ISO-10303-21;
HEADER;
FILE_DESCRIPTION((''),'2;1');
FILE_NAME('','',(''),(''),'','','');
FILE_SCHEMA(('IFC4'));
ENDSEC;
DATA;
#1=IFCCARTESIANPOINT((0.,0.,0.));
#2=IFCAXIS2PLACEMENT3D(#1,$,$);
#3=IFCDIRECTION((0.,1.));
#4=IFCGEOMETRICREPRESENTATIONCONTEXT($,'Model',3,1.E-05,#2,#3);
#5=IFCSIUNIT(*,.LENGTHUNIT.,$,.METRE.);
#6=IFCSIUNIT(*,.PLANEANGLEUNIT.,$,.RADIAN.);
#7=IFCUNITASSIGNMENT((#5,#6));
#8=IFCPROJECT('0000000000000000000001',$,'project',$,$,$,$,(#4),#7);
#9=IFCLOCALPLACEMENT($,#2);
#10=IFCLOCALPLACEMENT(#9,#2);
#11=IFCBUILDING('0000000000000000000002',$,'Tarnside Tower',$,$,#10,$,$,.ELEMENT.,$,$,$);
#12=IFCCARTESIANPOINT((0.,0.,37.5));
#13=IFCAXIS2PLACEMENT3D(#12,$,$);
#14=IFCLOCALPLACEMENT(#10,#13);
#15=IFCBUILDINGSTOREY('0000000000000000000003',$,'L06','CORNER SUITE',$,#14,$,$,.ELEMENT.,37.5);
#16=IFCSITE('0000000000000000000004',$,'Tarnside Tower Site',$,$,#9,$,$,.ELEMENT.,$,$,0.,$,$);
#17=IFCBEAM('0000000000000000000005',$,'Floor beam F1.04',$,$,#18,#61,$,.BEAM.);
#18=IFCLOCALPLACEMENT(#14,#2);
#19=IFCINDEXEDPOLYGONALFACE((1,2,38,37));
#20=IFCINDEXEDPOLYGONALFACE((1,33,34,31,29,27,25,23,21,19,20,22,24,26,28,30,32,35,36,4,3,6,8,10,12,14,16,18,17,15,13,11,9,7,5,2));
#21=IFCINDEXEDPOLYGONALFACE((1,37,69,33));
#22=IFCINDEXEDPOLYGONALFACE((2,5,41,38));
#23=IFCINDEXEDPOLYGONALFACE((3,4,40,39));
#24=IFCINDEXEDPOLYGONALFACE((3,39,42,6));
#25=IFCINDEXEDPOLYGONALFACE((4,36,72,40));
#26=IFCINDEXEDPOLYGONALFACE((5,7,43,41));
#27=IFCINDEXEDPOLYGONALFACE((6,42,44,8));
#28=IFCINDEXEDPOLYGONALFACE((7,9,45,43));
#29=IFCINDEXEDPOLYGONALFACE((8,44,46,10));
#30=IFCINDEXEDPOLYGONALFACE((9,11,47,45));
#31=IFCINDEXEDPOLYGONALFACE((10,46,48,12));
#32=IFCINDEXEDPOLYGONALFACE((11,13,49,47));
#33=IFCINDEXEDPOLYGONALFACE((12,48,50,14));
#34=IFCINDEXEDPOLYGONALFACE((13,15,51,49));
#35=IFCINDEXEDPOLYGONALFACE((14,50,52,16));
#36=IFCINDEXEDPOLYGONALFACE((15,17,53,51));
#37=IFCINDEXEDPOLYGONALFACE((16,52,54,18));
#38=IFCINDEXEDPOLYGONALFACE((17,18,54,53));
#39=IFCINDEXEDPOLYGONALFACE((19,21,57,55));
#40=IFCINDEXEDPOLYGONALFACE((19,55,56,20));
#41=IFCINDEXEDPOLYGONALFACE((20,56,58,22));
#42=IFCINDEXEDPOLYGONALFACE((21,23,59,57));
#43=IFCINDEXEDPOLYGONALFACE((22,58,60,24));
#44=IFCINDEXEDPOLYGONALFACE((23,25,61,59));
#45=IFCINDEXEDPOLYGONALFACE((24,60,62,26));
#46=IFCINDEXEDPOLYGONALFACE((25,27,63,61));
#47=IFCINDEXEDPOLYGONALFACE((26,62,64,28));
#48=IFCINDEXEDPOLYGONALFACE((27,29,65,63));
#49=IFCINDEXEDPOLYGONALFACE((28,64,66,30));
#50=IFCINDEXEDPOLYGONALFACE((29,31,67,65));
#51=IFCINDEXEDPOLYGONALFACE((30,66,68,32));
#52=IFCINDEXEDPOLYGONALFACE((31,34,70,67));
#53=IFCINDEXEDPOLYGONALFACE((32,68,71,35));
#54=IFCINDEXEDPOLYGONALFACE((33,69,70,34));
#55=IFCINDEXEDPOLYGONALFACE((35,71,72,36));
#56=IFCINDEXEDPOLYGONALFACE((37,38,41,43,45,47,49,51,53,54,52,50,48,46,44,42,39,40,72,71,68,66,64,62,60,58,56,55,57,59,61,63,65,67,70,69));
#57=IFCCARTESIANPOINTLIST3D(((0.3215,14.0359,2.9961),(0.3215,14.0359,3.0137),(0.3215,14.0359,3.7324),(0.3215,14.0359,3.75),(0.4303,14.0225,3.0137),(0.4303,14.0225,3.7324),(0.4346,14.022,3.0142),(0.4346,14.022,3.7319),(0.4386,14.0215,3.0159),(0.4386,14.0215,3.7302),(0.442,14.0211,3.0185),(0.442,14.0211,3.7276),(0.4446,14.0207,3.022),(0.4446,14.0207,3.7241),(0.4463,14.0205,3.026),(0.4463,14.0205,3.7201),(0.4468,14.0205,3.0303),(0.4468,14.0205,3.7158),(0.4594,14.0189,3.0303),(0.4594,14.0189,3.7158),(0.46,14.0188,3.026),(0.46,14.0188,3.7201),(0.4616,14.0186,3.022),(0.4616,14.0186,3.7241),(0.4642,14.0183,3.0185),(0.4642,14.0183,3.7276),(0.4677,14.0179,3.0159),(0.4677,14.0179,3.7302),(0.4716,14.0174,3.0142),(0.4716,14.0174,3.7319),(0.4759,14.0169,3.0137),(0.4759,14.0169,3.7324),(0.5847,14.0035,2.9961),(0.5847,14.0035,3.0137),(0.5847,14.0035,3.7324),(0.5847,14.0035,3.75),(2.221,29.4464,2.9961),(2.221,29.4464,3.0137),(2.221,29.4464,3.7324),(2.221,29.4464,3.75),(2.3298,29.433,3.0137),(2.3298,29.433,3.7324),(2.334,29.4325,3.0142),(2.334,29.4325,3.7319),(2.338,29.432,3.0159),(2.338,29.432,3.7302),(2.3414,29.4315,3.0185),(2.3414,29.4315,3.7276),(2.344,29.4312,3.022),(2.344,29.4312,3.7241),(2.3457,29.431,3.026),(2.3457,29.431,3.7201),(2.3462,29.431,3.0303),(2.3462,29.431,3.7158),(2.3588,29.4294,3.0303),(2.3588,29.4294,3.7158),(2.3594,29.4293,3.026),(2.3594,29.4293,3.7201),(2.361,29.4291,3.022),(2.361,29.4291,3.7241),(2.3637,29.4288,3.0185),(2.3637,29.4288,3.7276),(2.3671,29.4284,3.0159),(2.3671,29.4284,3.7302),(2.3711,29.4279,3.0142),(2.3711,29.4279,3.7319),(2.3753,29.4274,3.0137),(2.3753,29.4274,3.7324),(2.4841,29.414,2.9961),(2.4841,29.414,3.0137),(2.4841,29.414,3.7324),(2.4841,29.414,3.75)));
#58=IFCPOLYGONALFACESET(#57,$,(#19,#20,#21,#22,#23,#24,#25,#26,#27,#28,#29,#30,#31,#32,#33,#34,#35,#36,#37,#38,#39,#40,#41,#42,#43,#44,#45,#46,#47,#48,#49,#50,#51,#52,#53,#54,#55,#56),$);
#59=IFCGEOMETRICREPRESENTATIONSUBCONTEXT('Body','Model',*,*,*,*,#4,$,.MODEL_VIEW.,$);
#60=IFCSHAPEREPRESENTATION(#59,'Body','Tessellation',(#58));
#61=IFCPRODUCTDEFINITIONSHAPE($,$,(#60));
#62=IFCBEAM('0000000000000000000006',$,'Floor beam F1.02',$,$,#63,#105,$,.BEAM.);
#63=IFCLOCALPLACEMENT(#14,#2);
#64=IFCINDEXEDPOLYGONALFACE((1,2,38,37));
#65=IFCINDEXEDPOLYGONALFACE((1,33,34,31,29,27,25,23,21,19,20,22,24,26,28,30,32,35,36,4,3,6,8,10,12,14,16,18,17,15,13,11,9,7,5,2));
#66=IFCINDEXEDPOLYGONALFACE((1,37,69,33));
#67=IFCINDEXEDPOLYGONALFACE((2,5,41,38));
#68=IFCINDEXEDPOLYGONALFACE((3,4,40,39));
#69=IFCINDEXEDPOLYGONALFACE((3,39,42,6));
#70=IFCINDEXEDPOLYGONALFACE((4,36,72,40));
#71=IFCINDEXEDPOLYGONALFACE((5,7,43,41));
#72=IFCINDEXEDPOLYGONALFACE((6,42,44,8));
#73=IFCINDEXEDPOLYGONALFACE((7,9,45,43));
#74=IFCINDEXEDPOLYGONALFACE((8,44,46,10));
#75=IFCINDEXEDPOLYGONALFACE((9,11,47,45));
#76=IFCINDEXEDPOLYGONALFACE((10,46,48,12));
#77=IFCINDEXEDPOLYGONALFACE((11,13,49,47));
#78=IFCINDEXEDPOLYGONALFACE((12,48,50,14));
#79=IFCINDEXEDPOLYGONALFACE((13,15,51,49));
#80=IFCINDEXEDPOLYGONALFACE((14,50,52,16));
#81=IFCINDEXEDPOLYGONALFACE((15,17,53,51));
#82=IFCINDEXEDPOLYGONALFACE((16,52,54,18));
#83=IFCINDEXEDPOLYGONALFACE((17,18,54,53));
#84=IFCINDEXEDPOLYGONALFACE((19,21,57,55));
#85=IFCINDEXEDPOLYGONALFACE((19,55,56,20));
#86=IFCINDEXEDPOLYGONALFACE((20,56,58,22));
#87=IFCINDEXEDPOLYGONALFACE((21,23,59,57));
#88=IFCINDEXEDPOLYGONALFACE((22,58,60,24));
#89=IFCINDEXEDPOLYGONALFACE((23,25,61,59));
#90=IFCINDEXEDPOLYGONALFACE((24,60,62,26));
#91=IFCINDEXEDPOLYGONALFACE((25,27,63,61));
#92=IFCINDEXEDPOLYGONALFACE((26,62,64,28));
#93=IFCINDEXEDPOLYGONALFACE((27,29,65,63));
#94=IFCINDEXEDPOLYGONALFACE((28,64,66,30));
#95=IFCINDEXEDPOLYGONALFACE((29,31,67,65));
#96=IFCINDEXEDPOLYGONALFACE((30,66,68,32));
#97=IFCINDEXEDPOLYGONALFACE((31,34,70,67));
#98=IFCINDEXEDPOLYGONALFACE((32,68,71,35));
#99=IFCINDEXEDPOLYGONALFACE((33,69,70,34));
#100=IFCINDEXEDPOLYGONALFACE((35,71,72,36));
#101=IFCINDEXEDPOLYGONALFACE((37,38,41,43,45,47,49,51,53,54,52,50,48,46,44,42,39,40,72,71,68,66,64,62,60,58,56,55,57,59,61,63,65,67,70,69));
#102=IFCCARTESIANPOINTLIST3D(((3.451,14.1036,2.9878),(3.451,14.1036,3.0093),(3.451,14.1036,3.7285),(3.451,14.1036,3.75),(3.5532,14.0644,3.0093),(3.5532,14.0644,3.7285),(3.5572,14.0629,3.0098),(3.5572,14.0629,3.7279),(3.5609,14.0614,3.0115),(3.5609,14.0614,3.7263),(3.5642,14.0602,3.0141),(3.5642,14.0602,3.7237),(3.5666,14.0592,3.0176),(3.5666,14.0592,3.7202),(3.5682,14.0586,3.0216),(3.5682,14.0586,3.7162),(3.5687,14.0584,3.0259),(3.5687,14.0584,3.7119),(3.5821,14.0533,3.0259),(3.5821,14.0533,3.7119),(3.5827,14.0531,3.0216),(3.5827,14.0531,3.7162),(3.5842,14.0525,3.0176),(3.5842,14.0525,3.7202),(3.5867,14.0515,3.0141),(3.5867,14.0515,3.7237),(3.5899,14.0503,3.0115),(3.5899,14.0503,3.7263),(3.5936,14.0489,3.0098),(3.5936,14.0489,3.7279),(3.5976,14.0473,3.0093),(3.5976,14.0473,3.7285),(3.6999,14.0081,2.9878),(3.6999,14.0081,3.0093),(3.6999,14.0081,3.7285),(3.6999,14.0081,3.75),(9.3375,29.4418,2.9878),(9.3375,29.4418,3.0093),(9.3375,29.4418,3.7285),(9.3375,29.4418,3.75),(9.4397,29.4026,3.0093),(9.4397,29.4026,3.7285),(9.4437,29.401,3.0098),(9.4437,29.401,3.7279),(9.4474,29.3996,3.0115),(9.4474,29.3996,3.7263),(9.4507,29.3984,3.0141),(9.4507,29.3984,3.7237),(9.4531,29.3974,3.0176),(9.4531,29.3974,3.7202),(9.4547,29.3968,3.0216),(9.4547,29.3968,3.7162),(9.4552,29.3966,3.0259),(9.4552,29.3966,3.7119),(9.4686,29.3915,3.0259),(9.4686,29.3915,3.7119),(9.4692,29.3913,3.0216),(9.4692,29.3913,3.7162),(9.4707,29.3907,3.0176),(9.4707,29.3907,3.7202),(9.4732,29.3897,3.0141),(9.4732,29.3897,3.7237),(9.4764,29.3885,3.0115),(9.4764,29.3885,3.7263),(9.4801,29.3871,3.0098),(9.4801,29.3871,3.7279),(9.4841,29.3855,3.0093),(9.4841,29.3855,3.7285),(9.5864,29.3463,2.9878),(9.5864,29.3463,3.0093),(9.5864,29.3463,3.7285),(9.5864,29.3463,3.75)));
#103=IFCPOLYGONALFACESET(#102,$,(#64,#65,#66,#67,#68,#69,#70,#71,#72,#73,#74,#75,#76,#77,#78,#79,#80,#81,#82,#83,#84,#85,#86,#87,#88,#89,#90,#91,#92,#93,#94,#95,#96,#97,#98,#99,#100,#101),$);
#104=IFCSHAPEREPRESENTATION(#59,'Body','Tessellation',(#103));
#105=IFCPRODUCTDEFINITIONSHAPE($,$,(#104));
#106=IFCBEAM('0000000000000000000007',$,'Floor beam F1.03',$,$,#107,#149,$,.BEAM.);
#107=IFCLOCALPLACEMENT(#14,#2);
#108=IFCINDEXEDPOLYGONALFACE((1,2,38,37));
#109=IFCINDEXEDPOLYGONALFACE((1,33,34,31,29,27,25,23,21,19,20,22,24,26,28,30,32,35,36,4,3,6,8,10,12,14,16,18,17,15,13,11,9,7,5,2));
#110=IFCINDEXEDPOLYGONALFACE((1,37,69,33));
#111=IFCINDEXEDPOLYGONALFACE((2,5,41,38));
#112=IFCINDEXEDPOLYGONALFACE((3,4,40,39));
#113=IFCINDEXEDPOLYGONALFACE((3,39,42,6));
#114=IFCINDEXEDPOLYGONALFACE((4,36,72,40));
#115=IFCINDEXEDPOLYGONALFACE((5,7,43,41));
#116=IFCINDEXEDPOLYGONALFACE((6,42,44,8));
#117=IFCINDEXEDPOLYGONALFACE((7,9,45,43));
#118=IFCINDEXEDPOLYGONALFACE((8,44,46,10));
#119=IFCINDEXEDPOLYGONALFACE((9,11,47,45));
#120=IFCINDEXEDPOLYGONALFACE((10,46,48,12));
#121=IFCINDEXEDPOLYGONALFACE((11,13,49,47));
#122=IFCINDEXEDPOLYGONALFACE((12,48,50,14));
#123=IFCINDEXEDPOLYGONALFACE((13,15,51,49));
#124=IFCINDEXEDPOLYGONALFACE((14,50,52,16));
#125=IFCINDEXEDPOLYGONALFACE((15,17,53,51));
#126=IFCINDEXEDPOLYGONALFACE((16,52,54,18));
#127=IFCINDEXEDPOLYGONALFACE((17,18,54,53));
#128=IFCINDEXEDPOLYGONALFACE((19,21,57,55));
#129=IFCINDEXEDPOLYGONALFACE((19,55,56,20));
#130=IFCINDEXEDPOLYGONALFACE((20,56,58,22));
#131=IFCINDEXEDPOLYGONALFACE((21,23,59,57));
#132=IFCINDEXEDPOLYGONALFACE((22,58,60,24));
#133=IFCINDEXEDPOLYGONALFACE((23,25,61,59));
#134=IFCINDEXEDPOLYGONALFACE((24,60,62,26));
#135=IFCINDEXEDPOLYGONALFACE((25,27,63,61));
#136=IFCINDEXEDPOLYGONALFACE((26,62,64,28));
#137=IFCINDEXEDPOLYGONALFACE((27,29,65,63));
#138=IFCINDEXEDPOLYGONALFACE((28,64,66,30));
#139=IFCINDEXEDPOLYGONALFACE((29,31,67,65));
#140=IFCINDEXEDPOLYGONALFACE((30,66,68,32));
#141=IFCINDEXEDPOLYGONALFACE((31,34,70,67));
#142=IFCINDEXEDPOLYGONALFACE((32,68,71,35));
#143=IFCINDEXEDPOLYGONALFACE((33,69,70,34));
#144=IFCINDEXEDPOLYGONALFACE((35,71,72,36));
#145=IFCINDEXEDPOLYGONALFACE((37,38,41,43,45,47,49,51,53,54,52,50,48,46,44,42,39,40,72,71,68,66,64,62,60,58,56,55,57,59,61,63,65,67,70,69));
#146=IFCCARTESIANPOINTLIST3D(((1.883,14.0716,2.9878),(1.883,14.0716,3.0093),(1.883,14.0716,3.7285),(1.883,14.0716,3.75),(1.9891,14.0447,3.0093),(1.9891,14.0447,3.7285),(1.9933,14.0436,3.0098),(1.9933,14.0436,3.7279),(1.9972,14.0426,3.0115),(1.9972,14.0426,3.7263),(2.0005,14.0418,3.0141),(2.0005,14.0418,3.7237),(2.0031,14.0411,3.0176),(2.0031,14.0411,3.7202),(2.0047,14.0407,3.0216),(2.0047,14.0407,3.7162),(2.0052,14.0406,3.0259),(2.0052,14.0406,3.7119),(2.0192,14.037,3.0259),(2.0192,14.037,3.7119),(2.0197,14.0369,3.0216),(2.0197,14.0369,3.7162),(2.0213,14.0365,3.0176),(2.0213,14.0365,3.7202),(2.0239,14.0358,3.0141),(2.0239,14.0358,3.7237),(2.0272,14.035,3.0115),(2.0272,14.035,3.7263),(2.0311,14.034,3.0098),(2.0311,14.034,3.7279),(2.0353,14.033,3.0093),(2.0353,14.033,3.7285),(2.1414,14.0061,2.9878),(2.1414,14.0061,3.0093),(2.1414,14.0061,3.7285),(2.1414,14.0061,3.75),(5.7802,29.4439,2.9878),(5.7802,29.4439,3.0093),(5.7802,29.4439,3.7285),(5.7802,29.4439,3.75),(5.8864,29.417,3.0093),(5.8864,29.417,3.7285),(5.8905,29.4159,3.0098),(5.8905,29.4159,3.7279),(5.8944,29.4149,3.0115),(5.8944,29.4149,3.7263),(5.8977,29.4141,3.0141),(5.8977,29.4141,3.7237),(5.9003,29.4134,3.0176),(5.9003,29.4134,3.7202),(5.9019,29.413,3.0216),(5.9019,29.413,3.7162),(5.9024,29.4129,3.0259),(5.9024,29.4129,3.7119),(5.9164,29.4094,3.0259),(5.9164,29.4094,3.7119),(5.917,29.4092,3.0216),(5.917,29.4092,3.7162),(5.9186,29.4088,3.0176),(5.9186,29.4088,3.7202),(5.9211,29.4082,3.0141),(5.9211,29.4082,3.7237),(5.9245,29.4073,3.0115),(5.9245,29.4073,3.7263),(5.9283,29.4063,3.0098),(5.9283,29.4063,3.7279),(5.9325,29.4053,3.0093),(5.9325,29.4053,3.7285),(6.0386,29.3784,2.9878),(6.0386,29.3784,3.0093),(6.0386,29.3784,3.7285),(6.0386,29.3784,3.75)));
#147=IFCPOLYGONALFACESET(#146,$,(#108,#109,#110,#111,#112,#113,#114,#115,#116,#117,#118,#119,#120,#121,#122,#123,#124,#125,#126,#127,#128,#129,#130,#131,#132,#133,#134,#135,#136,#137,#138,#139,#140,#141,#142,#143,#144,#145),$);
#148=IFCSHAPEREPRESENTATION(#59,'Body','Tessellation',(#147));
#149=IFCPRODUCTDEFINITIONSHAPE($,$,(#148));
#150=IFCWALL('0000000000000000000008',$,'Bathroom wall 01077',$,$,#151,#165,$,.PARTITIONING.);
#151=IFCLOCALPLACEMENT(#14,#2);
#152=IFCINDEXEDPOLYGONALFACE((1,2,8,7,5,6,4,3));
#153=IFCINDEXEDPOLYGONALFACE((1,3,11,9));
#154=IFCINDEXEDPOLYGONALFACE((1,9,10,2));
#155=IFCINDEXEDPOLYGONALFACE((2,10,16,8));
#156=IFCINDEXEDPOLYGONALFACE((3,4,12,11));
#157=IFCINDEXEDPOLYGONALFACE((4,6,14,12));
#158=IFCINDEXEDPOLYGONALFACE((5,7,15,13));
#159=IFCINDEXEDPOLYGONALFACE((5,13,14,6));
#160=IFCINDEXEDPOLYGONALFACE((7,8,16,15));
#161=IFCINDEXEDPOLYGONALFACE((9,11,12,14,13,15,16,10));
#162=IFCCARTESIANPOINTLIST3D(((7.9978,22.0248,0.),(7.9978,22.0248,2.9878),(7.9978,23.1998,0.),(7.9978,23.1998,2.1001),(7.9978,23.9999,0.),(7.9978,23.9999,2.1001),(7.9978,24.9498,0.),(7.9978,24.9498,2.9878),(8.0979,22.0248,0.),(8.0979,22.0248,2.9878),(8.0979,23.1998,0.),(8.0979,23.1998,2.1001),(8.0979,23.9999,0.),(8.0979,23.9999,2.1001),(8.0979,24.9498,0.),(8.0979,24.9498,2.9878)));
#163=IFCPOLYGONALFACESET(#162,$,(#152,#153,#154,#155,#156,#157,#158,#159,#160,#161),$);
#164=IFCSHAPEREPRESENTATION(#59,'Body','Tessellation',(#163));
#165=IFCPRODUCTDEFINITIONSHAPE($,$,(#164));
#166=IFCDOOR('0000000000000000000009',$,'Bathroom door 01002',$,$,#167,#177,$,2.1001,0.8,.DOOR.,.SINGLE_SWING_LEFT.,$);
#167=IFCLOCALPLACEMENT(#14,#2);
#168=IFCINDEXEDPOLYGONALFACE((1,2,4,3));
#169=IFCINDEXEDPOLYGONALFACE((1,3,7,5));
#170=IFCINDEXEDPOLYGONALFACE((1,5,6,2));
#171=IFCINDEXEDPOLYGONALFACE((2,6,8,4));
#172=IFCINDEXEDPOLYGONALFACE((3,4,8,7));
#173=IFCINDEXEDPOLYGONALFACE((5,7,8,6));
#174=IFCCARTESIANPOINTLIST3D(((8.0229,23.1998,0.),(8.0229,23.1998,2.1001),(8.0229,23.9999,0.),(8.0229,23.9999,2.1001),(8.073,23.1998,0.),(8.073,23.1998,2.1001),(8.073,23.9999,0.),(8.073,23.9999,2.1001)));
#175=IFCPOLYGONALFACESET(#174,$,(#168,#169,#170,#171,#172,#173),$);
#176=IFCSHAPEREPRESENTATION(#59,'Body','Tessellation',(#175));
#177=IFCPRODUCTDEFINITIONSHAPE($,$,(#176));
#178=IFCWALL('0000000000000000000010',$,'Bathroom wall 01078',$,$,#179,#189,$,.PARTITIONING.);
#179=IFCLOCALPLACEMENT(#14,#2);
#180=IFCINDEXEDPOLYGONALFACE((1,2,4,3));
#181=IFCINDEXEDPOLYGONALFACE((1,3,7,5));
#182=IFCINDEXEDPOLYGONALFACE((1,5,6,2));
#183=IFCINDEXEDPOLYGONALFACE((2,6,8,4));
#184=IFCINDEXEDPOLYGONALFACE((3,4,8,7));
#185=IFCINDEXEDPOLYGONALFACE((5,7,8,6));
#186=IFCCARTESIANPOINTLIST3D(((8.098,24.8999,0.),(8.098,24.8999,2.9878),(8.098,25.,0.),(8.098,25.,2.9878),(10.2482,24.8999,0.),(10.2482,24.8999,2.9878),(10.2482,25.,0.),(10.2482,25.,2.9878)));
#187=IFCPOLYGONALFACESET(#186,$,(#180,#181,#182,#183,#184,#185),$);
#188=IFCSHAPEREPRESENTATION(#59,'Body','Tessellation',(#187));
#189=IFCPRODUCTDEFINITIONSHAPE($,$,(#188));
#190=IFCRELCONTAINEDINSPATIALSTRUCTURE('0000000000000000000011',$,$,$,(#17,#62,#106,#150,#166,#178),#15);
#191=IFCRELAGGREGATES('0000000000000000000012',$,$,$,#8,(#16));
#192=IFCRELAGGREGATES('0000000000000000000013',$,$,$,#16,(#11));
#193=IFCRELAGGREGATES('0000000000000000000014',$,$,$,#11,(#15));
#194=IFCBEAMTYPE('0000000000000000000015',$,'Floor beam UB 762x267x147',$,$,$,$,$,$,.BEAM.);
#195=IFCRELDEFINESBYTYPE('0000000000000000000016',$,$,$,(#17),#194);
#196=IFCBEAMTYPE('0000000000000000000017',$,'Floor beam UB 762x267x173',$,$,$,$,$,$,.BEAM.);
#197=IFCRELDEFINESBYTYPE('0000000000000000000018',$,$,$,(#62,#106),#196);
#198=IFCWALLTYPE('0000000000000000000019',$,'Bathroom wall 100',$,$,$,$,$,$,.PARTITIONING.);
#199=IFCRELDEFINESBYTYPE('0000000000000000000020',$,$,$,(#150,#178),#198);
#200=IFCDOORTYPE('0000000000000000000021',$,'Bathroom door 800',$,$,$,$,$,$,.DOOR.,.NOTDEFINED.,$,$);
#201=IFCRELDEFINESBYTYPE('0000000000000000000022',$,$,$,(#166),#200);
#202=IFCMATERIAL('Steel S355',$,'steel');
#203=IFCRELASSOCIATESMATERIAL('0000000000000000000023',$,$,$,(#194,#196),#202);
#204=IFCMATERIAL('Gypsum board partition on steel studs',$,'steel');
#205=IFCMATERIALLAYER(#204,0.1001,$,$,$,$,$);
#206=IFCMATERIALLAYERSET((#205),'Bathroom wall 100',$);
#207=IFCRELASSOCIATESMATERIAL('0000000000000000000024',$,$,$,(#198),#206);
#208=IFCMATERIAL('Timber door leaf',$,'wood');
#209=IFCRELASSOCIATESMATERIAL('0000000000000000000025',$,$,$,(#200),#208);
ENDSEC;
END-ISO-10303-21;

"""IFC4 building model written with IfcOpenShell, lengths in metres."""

from ifc_helpers import new_model, si_unit, direction, frame, frame_2d, origin, origin_2d, place, context, subcontext, project, spatial, rectangle, i_section, extrude, material, layer, layer_set, material_profile, profile_set, type_object, element, fill, save


model = new_model("IFC4")

# Units and contexts
model_context = context("Model", 3, precision=1e-05, world=origin(), true_north=direction((0.0, 1.0)))
body_context = subcontext(model_context, "Body", "Model", "MODEL_VIEW")
ifc_project = project(units=[si_unit("LENGTHUNIT", "METRE"), si_unit("PLANEANGLEUNIT", "RADIAN")], contexts=[model_context])

# Site, building, storey
site_placement = place(None, origin())
site = spatial("IfcSite", under=ifc_project, at=site_placement, Name="Tarnside Tower Site", CompositionType="ELEMENT", RefElevation=0.0)
building_placement = place(site_placement, origin())
building = spatial("IfcBuilding", under=site, at=building_placement, Name="Tarnside Tower", CompositionType="ELEMENT")
storey_placement = place(building_placement, frame((0.0, 0.0, 37.5)))
storey = spatial("IfcBuildingStorey", under=building, at=storey_placement, Name="L06", Description="CORNER SUITE", CompositionType="ELEMENT", Elevation=37.5)

# Beams
ifc_material_1 = material(Name="Steel S355", Category="steel")
ifc_material_profile_1 = material_profile(ifc_material_1, i_section(OverallWidth=0.2651, OverallDepth=0.7539, WebThickness=0.0127, FlangeThickness=0.0176, FilletRadius=0.0166, at=origin_2d()), Name="UB 762x267x147")
ifc_profile_set_1 = profile_set([ifc_material_profile_1], Name="Steel S355")
beam_type_1 = type_object("IfcBeamType", Name="Floor beam UB 762x267x147", PredefinedType="BEAM", material=ifc_profile_set_1)
beam_1_placement = place(storey_placement, frame((2.3525, 29.4302, 3.373), z_axis=(-0.12233, -0.99249, 0.0), x_axis=(0.99249, -0.12233, 0.0)))
element("IfcBeam", 1, at=beam_1_placement, inside=storey, type_object=beam_type_1, Name="Floor beam F1.04", PredefinedType="BEAM", context=body_context, shape_type="SweptSolid", body=[
    extrude(i_section(OverallWidth=0.2651, OverallDepth=0.7539, WebThickness=0.0127, FlangeThickness=0.0176, FilletRadius=0.0166, at=origin_2d()), origin(), (0.0, 0.0, 1.0), 15.5271),
])
ifc_material_profile_2 = material_profile(ifc_material_1, i_section(OverallWidth=0.2666, OverallDepth=0.7622, WebThickness=0.0144, FlangeThickness=0.0215, FilletRadius=0.0166, at=origin_2d()), Name="UB 762x267x173")
ifc_profile_set_2 = profile_set([ifc_material_profile_2], Name="Steel S355")
beam_type_2 = type_object("IfcBeamType", Name="Floor beam UB 762x267x173", PredefinedType="BEAM", material=ifc_profile_set_2)
beam_2_placement = place(storey_placement, frame((9.4619, 29.394, 3.3689), z_axis=(-0.3583, -0.933607, 0.0), x_axis=(0.933607, -0.3583, 0.0)))
element("IfcBeam", 2, at=beam_2_placement, inside=storey, type_object=beam_type_2, Name="Floor beam F1.02", PredefinedType="BEAM", context=body_context, shape_type="SweptSolid", body=[
    extrude(i_section(OverallWidth=0.2666, OverallDepth=0.7622, WebThickness=0.0144, FlangeThickness=0.0215, FilletRadius=0.0166, at=origin_2d()), origin(), (0.0, 0.0, 1.0), 16.429),
])
beam_3_placement = place(storey_placement, frame((5.9094, 29.4111, 3.3689), z_axis=(-0.245747, -0.969334, 0.0), x_axis=(0.969334, -0.245747, 0.0)))
element("IfcBeam", 3, at=beam_3_placement, inside=storey, type_object=beam_type_2, Name="Floor beam F1.03", PredefinedType="BEAM", context=body_context, shape_type="SweptSolid", body=[
    extrude(i_section(OverallWidth=0.2666, OverallDepth=0.7622, WebThickness=0.0144, FlangeThickness=0.0215, FilletRadius=0.0166, at=origin_2d()), origin(), (0.0, 0.0, 1.0), 15.8586),
])

# Wall, opening, door
ifc_material_2 = material(Name="Gypsum board partition on steel studs", Category="steel")
ifc_layer_1 = layer(ifc_material_2, 0.1001)
ifc_layer_set_1 = layer_set([ifc_layer_1], Name="Bathroom wall 100")
wall_type_1 = type_object("IfcWallType", Name="Bathroom wall 100", PredefinedType="PARTITIONING", material=ifc_layer_set_1)
wall_1_placement = place(storey_placement, frame((8.0479, 22.0249, 0.0), z_axis=(0.0, 0.0, 1.0), x_axis=(0.0, 1.0, 0.0)))
wall_1 = element("IfcWall", 4, at=wall_1_placement, inside=storey, type_object=wall_type_1, Name="Bathroom wall 01077", PredefinedType="PARTITIONING", context=body_context, shape_type="SweptSolid", body=[
    extrude(rectangle(XDim=2.925, YDim=0.1001, at=frame_2d((1.4624, 0.0))), origin(), (0.0, 0.0, 1.0), 2.9878),
])
opening_placement = place(wall_1_placement, frame((1.175, 0.0, 0.0)))
opening = element("IfcOpeningElement", 5, at=opening_placement, cuts=wall_1, PredefinedType="OPENING", context=body_context, shape_type="SweptSolid", body=[
    extrude(rectangle(XDim=0.8, YDim=2.1001, at=frame_2d((0.3999, 1.05))), frame((0.0, 0.0601, 0.0), z_axis=(0.0, -1.0, 0.0), x_axis=(1.0, 0.0, 0.0)), (0.0, 0.0, 1.0), 0.1201),
])
ifc_material_3 = material(Name="Timber door leaf", Category="wood")
door_type = type_object("IfcDoorType", Name="Bathroom door 800", OperationType="NOTDEFINED", PredefinedType="DOOR", material=ifc_material_3)
door_placement = place(opening_placement, origin())
door = element("IfcDoor", 6, at=door_placement, inside=storey, type_object=door_type, Name="Bathroom door 01002", OperationType="SINGLE_SWING_LEFT", OverallHeight=2.1001, OverallWidth=0.8, PredefinedType="DOOR", context=body_context, shape_type="SweptSolid", body=[
    extrude(rectangle(XDim=0.8, YDim=2.1001, at=frame_2d((0.3999, 1.05))), frame((0.0, 0.0249, 0.0), z_axis=(0.0, -1.0, 0.0), x_axis=(1.0, 0.0, 0.0)), (0.0, 0.0, 1.0), 0.05),
])
fill(opening, door)

# Wall
wall_2_placement = place(storey_placement, frame((8.0979, 24.95, 0.0), z_axis=(0.0, 0.0, 1.0), x_axis=(1.0, 0.0, 0.0)))
element("IfcWall", 7, at=wall_2_placement, inside=storey, type_object=wall_type_1, Name="Bathroom wall 01078", PredefinedType="PARTITIONING", context=body_context, shape_type="SweptSolid", body=[
    extrude(rectangle(XDim=2.1501, YDim=0.1001, at=frame_2d((1.0752, 0.0))), origin(), (0.0, 0.0, 1.0), 2.9878),
])

save(model, "model.ifc")
